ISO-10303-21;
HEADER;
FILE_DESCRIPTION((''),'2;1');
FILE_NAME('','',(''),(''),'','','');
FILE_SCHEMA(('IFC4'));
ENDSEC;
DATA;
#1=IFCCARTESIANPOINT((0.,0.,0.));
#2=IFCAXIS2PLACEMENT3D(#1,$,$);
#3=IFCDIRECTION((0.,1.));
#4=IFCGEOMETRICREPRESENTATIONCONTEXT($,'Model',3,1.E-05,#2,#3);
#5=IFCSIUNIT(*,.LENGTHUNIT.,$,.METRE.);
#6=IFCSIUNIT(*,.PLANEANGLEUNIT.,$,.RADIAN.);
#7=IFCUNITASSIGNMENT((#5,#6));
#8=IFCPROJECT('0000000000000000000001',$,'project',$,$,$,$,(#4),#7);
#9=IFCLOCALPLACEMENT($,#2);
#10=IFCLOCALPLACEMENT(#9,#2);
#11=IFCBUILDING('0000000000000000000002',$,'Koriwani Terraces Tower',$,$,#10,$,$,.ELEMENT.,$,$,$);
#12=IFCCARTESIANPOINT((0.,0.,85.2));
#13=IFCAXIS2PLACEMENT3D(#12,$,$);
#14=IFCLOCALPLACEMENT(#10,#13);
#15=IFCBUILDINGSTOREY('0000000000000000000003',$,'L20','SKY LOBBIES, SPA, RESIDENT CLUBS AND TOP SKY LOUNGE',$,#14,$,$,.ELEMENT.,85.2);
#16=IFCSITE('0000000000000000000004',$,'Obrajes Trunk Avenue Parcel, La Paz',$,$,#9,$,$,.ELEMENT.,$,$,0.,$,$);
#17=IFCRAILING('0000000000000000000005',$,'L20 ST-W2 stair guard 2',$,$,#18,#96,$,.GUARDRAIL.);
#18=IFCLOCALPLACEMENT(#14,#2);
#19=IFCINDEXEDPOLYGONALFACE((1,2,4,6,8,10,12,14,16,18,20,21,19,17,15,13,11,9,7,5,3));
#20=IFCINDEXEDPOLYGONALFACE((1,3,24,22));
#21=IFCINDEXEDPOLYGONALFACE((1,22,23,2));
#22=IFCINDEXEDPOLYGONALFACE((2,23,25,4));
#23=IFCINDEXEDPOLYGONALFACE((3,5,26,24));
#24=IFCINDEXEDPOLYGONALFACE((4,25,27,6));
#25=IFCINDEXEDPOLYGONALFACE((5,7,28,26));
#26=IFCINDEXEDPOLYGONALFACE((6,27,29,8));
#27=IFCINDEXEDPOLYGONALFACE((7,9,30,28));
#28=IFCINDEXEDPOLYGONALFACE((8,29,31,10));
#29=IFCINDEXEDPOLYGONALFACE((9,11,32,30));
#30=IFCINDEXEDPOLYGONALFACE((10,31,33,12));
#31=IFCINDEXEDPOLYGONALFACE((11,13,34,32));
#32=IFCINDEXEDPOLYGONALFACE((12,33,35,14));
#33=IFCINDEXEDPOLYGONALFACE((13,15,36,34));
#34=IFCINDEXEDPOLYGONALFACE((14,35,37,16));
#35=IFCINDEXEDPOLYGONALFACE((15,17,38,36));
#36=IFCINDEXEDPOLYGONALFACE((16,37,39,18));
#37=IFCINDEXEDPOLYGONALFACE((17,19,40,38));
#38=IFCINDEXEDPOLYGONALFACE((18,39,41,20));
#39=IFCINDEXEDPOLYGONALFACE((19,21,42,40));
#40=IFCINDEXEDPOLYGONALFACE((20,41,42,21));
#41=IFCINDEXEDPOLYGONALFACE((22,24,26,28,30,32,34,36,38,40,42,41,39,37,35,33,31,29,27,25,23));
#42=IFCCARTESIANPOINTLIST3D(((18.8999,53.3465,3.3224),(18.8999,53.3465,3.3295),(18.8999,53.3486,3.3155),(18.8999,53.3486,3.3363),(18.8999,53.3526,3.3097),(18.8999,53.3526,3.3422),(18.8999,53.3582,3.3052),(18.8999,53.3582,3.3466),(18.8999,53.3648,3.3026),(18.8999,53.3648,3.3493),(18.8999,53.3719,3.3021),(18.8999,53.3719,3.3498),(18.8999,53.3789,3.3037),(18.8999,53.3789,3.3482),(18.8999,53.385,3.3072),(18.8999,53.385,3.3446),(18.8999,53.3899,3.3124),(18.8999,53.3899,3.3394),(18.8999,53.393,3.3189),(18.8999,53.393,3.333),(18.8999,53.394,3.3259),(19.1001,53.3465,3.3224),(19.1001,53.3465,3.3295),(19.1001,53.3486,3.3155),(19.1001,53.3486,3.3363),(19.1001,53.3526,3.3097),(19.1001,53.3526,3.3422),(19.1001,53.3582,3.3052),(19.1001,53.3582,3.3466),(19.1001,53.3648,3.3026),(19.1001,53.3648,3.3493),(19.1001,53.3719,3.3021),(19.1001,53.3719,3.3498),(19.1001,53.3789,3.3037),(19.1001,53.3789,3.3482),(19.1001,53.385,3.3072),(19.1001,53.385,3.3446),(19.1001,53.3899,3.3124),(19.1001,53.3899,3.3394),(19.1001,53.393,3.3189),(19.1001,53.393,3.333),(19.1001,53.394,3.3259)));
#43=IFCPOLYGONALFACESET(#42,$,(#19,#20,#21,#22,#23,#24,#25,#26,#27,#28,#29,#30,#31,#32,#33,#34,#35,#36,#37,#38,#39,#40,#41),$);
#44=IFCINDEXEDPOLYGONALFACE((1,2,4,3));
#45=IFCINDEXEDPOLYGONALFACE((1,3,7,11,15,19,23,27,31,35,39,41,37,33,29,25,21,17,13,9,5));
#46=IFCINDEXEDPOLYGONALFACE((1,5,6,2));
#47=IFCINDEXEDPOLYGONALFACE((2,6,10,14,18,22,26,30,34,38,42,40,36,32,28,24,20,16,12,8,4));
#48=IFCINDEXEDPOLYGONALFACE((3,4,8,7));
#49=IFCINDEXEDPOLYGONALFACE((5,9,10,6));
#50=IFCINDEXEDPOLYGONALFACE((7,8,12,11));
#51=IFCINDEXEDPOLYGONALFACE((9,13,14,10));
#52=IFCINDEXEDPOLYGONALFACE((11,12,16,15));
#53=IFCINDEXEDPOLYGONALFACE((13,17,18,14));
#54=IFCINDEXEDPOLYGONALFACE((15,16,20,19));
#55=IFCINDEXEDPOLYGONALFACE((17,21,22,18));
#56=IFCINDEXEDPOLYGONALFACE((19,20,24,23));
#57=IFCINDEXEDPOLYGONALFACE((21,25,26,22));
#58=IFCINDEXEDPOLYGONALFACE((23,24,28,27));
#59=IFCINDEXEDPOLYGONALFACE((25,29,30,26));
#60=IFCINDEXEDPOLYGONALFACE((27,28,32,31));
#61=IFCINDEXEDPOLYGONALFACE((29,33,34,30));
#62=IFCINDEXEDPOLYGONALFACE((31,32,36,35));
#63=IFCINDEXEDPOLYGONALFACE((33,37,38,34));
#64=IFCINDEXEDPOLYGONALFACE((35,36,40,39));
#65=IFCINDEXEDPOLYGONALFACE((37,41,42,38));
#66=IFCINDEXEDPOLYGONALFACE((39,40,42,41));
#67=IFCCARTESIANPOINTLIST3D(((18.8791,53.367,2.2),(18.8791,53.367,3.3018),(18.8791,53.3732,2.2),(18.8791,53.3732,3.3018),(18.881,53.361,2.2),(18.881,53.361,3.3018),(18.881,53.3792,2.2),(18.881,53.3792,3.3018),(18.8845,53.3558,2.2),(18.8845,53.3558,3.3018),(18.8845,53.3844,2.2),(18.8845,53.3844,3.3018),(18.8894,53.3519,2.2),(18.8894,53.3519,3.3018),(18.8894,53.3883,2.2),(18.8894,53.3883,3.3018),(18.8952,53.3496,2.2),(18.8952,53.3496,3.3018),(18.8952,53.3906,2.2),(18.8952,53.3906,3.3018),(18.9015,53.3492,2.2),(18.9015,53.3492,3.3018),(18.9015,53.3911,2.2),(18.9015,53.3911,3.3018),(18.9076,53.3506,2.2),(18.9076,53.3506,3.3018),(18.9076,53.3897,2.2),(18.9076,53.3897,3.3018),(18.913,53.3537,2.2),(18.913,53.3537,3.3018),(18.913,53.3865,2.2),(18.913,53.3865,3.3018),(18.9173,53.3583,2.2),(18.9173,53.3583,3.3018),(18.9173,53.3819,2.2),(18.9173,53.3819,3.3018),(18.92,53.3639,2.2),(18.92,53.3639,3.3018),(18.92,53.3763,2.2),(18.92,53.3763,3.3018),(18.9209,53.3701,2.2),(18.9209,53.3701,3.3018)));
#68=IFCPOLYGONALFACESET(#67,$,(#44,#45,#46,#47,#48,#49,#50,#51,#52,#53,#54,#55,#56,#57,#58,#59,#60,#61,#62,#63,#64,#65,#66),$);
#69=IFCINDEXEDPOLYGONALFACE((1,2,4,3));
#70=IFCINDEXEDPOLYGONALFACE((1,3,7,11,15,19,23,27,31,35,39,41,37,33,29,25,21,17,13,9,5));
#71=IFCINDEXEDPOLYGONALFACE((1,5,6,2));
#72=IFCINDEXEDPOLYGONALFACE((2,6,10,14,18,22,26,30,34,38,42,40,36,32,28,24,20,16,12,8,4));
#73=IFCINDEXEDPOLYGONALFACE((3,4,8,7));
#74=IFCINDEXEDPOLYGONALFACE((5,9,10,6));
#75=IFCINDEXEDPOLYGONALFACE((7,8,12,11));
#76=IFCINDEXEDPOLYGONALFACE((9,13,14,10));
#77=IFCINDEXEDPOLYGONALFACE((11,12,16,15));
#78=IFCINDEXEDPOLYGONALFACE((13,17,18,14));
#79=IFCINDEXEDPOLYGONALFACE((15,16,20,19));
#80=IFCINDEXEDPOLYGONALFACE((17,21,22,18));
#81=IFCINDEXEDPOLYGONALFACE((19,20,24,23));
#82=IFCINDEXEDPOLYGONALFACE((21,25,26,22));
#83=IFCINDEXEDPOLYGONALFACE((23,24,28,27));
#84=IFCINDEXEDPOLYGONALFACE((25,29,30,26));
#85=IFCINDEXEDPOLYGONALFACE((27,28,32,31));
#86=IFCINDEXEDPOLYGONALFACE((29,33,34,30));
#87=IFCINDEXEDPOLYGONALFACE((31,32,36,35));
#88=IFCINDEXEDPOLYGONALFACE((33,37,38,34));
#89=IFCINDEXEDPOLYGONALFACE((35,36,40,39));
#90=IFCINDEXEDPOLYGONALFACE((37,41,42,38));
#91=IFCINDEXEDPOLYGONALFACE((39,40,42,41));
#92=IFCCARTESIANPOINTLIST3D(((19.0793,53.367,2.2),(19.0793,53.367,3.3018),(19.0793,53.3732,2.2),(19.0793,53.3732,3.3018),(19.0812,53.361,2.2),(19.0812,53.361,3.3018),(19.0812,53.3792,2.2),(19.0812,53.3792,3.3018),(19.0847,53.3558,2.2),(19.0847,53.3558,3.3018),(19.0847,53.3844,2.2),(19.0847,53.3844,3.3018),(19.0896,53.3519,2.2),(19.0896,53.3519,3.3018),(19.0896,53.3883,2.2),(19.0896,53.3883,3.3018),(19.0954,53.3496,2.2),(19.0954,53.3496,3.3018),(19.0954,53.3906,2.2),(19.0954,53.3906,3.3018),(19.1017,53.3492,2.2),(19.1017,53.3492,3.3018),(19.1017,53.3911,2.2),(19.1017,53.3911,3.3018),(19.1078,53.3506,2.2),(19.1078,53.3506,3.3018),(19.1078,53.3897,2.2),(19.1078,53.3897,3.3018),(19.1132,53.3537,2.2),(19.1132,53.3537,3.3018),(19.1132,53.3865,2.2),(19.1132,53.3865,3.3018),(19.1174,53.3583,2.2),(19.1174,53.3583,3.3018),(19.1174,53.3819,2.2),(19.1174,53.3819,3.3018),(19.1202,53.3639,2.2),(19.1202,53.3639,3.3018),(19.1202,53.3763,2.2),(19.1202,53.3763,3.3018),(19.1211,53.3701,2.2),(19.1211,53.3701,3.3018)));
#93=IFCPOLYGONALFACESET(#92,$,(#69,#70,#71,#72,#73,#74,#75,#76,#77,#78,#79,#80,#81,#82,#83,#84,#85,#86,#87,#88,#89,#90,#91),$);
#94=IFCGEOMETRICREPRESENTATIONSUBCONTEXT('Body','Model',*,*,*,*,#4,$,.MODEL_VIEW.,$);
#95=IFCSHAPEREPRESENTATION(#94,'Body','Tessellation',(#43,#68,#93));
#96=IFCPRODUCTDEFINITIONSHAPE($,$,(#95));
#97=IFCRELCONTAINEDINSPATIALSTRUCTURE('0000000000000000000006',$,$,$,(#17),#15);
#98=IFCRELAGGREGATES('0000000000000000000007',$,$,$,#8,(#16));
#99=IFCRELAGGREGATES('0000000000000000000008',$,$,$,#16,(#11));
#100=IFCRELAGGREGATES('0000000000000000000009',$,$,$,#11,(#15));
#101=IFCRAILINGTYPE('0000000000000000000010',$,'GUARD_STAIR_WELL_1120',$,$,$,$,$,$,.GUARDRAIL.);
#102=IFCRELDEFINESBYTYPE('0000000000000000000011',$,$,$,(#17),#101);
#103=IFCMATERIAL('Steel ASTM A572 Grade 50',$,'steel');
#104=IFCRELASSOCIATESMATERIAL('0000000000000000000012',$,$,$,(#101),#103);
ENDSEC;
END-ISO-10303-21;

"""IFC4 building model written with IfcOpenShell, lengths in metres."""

from ifc_helpers import new_model, si_unit, direction, frame, origin, origin_2d, place, context, subcontext, project, spatial, circle, extrude, material, type_object, element, save


model = new_model("IFC4")

# Units and contexts
model_context = context("Model", 3, precision=1e-05, world=origin(), true_north=direction((0.0, 1.0)))
body_context = subcontext(model_context, "Body", "Model", "MODEL_VIEW")
ifc_project = project(units=[si_unit("LENGTHUNIT", "METRE"), si_unit("PLANEANGLEUNIT", "RADIAN")], contexts=[model_context])

# Site, building, storey
site_placement = place(None, origin())
site = spatial("IfcSite", under=ifc_project, at=site_placement, Name="Obrajes Trunk Avenue Parcel, La Paz", CompositionType="ELEMENT", RefElevation=0.0)
building_placement = place(site_placement, origin())
building = spatial("IfcBuilding", under=site, at=building_placement, Name="Koriwani Terraces Tower", CompositionType="ELEMENT")
storey_placement = place(building_placement, frame((0.0, 0.0, 85.2)))
storey = spatial("IfcBuildingStorey", under=building, at=storey_placement, Name="L20", Description="SKY LOBBIES, SPA, RESIDENT CLUBS AND TOP SKY LOUNGE", CompositionType="ELEMENT", Elevation=85.2)

# Shared definitions
ifc_material_1 = material(Name="Steel ASTM A572 Grade 50", Category="steel")

# Railing
railing_type_1 = type_object("IfcRailingType", Name="GUARD_STAIR_WELL_1120", PredefinedType="GUARDRAIL", material=ifc_material_1)
railing_1_placement = place(storey_placement, frame((18.8999, 53.3701, 2.2)))
element("IfcRailing", 1, at=railing_1_placement, inside=storey, type_object=railing_type_1, Name="L20 ST-W2 stair guard 2", PredefinedType="GUARDRAIL", context=body_context, shape_type="SweptSolid", body=[
    extrude(circle(Radius=0.0239, at=origin_2d()), frame((0.0, 0.0, 1.126), z_axis=(1.0, 0.0, 0.0), x_axis=(0.0, 1.0, 0.0)), (0.0, 0.0, 1.0), 0.2002),
    extrude(circle(Radius=0.021, at=origin_2d()), origin(), (0.0, 0.0, 1.0), 1.1018),
    extrude(circle(Radius=0.021, at=origin_2d()), frame((0.2002, 0.0, 0.0)), (0.0, 0.0, 1.0), 1.1018),
])

save(model, "model.ifc")
